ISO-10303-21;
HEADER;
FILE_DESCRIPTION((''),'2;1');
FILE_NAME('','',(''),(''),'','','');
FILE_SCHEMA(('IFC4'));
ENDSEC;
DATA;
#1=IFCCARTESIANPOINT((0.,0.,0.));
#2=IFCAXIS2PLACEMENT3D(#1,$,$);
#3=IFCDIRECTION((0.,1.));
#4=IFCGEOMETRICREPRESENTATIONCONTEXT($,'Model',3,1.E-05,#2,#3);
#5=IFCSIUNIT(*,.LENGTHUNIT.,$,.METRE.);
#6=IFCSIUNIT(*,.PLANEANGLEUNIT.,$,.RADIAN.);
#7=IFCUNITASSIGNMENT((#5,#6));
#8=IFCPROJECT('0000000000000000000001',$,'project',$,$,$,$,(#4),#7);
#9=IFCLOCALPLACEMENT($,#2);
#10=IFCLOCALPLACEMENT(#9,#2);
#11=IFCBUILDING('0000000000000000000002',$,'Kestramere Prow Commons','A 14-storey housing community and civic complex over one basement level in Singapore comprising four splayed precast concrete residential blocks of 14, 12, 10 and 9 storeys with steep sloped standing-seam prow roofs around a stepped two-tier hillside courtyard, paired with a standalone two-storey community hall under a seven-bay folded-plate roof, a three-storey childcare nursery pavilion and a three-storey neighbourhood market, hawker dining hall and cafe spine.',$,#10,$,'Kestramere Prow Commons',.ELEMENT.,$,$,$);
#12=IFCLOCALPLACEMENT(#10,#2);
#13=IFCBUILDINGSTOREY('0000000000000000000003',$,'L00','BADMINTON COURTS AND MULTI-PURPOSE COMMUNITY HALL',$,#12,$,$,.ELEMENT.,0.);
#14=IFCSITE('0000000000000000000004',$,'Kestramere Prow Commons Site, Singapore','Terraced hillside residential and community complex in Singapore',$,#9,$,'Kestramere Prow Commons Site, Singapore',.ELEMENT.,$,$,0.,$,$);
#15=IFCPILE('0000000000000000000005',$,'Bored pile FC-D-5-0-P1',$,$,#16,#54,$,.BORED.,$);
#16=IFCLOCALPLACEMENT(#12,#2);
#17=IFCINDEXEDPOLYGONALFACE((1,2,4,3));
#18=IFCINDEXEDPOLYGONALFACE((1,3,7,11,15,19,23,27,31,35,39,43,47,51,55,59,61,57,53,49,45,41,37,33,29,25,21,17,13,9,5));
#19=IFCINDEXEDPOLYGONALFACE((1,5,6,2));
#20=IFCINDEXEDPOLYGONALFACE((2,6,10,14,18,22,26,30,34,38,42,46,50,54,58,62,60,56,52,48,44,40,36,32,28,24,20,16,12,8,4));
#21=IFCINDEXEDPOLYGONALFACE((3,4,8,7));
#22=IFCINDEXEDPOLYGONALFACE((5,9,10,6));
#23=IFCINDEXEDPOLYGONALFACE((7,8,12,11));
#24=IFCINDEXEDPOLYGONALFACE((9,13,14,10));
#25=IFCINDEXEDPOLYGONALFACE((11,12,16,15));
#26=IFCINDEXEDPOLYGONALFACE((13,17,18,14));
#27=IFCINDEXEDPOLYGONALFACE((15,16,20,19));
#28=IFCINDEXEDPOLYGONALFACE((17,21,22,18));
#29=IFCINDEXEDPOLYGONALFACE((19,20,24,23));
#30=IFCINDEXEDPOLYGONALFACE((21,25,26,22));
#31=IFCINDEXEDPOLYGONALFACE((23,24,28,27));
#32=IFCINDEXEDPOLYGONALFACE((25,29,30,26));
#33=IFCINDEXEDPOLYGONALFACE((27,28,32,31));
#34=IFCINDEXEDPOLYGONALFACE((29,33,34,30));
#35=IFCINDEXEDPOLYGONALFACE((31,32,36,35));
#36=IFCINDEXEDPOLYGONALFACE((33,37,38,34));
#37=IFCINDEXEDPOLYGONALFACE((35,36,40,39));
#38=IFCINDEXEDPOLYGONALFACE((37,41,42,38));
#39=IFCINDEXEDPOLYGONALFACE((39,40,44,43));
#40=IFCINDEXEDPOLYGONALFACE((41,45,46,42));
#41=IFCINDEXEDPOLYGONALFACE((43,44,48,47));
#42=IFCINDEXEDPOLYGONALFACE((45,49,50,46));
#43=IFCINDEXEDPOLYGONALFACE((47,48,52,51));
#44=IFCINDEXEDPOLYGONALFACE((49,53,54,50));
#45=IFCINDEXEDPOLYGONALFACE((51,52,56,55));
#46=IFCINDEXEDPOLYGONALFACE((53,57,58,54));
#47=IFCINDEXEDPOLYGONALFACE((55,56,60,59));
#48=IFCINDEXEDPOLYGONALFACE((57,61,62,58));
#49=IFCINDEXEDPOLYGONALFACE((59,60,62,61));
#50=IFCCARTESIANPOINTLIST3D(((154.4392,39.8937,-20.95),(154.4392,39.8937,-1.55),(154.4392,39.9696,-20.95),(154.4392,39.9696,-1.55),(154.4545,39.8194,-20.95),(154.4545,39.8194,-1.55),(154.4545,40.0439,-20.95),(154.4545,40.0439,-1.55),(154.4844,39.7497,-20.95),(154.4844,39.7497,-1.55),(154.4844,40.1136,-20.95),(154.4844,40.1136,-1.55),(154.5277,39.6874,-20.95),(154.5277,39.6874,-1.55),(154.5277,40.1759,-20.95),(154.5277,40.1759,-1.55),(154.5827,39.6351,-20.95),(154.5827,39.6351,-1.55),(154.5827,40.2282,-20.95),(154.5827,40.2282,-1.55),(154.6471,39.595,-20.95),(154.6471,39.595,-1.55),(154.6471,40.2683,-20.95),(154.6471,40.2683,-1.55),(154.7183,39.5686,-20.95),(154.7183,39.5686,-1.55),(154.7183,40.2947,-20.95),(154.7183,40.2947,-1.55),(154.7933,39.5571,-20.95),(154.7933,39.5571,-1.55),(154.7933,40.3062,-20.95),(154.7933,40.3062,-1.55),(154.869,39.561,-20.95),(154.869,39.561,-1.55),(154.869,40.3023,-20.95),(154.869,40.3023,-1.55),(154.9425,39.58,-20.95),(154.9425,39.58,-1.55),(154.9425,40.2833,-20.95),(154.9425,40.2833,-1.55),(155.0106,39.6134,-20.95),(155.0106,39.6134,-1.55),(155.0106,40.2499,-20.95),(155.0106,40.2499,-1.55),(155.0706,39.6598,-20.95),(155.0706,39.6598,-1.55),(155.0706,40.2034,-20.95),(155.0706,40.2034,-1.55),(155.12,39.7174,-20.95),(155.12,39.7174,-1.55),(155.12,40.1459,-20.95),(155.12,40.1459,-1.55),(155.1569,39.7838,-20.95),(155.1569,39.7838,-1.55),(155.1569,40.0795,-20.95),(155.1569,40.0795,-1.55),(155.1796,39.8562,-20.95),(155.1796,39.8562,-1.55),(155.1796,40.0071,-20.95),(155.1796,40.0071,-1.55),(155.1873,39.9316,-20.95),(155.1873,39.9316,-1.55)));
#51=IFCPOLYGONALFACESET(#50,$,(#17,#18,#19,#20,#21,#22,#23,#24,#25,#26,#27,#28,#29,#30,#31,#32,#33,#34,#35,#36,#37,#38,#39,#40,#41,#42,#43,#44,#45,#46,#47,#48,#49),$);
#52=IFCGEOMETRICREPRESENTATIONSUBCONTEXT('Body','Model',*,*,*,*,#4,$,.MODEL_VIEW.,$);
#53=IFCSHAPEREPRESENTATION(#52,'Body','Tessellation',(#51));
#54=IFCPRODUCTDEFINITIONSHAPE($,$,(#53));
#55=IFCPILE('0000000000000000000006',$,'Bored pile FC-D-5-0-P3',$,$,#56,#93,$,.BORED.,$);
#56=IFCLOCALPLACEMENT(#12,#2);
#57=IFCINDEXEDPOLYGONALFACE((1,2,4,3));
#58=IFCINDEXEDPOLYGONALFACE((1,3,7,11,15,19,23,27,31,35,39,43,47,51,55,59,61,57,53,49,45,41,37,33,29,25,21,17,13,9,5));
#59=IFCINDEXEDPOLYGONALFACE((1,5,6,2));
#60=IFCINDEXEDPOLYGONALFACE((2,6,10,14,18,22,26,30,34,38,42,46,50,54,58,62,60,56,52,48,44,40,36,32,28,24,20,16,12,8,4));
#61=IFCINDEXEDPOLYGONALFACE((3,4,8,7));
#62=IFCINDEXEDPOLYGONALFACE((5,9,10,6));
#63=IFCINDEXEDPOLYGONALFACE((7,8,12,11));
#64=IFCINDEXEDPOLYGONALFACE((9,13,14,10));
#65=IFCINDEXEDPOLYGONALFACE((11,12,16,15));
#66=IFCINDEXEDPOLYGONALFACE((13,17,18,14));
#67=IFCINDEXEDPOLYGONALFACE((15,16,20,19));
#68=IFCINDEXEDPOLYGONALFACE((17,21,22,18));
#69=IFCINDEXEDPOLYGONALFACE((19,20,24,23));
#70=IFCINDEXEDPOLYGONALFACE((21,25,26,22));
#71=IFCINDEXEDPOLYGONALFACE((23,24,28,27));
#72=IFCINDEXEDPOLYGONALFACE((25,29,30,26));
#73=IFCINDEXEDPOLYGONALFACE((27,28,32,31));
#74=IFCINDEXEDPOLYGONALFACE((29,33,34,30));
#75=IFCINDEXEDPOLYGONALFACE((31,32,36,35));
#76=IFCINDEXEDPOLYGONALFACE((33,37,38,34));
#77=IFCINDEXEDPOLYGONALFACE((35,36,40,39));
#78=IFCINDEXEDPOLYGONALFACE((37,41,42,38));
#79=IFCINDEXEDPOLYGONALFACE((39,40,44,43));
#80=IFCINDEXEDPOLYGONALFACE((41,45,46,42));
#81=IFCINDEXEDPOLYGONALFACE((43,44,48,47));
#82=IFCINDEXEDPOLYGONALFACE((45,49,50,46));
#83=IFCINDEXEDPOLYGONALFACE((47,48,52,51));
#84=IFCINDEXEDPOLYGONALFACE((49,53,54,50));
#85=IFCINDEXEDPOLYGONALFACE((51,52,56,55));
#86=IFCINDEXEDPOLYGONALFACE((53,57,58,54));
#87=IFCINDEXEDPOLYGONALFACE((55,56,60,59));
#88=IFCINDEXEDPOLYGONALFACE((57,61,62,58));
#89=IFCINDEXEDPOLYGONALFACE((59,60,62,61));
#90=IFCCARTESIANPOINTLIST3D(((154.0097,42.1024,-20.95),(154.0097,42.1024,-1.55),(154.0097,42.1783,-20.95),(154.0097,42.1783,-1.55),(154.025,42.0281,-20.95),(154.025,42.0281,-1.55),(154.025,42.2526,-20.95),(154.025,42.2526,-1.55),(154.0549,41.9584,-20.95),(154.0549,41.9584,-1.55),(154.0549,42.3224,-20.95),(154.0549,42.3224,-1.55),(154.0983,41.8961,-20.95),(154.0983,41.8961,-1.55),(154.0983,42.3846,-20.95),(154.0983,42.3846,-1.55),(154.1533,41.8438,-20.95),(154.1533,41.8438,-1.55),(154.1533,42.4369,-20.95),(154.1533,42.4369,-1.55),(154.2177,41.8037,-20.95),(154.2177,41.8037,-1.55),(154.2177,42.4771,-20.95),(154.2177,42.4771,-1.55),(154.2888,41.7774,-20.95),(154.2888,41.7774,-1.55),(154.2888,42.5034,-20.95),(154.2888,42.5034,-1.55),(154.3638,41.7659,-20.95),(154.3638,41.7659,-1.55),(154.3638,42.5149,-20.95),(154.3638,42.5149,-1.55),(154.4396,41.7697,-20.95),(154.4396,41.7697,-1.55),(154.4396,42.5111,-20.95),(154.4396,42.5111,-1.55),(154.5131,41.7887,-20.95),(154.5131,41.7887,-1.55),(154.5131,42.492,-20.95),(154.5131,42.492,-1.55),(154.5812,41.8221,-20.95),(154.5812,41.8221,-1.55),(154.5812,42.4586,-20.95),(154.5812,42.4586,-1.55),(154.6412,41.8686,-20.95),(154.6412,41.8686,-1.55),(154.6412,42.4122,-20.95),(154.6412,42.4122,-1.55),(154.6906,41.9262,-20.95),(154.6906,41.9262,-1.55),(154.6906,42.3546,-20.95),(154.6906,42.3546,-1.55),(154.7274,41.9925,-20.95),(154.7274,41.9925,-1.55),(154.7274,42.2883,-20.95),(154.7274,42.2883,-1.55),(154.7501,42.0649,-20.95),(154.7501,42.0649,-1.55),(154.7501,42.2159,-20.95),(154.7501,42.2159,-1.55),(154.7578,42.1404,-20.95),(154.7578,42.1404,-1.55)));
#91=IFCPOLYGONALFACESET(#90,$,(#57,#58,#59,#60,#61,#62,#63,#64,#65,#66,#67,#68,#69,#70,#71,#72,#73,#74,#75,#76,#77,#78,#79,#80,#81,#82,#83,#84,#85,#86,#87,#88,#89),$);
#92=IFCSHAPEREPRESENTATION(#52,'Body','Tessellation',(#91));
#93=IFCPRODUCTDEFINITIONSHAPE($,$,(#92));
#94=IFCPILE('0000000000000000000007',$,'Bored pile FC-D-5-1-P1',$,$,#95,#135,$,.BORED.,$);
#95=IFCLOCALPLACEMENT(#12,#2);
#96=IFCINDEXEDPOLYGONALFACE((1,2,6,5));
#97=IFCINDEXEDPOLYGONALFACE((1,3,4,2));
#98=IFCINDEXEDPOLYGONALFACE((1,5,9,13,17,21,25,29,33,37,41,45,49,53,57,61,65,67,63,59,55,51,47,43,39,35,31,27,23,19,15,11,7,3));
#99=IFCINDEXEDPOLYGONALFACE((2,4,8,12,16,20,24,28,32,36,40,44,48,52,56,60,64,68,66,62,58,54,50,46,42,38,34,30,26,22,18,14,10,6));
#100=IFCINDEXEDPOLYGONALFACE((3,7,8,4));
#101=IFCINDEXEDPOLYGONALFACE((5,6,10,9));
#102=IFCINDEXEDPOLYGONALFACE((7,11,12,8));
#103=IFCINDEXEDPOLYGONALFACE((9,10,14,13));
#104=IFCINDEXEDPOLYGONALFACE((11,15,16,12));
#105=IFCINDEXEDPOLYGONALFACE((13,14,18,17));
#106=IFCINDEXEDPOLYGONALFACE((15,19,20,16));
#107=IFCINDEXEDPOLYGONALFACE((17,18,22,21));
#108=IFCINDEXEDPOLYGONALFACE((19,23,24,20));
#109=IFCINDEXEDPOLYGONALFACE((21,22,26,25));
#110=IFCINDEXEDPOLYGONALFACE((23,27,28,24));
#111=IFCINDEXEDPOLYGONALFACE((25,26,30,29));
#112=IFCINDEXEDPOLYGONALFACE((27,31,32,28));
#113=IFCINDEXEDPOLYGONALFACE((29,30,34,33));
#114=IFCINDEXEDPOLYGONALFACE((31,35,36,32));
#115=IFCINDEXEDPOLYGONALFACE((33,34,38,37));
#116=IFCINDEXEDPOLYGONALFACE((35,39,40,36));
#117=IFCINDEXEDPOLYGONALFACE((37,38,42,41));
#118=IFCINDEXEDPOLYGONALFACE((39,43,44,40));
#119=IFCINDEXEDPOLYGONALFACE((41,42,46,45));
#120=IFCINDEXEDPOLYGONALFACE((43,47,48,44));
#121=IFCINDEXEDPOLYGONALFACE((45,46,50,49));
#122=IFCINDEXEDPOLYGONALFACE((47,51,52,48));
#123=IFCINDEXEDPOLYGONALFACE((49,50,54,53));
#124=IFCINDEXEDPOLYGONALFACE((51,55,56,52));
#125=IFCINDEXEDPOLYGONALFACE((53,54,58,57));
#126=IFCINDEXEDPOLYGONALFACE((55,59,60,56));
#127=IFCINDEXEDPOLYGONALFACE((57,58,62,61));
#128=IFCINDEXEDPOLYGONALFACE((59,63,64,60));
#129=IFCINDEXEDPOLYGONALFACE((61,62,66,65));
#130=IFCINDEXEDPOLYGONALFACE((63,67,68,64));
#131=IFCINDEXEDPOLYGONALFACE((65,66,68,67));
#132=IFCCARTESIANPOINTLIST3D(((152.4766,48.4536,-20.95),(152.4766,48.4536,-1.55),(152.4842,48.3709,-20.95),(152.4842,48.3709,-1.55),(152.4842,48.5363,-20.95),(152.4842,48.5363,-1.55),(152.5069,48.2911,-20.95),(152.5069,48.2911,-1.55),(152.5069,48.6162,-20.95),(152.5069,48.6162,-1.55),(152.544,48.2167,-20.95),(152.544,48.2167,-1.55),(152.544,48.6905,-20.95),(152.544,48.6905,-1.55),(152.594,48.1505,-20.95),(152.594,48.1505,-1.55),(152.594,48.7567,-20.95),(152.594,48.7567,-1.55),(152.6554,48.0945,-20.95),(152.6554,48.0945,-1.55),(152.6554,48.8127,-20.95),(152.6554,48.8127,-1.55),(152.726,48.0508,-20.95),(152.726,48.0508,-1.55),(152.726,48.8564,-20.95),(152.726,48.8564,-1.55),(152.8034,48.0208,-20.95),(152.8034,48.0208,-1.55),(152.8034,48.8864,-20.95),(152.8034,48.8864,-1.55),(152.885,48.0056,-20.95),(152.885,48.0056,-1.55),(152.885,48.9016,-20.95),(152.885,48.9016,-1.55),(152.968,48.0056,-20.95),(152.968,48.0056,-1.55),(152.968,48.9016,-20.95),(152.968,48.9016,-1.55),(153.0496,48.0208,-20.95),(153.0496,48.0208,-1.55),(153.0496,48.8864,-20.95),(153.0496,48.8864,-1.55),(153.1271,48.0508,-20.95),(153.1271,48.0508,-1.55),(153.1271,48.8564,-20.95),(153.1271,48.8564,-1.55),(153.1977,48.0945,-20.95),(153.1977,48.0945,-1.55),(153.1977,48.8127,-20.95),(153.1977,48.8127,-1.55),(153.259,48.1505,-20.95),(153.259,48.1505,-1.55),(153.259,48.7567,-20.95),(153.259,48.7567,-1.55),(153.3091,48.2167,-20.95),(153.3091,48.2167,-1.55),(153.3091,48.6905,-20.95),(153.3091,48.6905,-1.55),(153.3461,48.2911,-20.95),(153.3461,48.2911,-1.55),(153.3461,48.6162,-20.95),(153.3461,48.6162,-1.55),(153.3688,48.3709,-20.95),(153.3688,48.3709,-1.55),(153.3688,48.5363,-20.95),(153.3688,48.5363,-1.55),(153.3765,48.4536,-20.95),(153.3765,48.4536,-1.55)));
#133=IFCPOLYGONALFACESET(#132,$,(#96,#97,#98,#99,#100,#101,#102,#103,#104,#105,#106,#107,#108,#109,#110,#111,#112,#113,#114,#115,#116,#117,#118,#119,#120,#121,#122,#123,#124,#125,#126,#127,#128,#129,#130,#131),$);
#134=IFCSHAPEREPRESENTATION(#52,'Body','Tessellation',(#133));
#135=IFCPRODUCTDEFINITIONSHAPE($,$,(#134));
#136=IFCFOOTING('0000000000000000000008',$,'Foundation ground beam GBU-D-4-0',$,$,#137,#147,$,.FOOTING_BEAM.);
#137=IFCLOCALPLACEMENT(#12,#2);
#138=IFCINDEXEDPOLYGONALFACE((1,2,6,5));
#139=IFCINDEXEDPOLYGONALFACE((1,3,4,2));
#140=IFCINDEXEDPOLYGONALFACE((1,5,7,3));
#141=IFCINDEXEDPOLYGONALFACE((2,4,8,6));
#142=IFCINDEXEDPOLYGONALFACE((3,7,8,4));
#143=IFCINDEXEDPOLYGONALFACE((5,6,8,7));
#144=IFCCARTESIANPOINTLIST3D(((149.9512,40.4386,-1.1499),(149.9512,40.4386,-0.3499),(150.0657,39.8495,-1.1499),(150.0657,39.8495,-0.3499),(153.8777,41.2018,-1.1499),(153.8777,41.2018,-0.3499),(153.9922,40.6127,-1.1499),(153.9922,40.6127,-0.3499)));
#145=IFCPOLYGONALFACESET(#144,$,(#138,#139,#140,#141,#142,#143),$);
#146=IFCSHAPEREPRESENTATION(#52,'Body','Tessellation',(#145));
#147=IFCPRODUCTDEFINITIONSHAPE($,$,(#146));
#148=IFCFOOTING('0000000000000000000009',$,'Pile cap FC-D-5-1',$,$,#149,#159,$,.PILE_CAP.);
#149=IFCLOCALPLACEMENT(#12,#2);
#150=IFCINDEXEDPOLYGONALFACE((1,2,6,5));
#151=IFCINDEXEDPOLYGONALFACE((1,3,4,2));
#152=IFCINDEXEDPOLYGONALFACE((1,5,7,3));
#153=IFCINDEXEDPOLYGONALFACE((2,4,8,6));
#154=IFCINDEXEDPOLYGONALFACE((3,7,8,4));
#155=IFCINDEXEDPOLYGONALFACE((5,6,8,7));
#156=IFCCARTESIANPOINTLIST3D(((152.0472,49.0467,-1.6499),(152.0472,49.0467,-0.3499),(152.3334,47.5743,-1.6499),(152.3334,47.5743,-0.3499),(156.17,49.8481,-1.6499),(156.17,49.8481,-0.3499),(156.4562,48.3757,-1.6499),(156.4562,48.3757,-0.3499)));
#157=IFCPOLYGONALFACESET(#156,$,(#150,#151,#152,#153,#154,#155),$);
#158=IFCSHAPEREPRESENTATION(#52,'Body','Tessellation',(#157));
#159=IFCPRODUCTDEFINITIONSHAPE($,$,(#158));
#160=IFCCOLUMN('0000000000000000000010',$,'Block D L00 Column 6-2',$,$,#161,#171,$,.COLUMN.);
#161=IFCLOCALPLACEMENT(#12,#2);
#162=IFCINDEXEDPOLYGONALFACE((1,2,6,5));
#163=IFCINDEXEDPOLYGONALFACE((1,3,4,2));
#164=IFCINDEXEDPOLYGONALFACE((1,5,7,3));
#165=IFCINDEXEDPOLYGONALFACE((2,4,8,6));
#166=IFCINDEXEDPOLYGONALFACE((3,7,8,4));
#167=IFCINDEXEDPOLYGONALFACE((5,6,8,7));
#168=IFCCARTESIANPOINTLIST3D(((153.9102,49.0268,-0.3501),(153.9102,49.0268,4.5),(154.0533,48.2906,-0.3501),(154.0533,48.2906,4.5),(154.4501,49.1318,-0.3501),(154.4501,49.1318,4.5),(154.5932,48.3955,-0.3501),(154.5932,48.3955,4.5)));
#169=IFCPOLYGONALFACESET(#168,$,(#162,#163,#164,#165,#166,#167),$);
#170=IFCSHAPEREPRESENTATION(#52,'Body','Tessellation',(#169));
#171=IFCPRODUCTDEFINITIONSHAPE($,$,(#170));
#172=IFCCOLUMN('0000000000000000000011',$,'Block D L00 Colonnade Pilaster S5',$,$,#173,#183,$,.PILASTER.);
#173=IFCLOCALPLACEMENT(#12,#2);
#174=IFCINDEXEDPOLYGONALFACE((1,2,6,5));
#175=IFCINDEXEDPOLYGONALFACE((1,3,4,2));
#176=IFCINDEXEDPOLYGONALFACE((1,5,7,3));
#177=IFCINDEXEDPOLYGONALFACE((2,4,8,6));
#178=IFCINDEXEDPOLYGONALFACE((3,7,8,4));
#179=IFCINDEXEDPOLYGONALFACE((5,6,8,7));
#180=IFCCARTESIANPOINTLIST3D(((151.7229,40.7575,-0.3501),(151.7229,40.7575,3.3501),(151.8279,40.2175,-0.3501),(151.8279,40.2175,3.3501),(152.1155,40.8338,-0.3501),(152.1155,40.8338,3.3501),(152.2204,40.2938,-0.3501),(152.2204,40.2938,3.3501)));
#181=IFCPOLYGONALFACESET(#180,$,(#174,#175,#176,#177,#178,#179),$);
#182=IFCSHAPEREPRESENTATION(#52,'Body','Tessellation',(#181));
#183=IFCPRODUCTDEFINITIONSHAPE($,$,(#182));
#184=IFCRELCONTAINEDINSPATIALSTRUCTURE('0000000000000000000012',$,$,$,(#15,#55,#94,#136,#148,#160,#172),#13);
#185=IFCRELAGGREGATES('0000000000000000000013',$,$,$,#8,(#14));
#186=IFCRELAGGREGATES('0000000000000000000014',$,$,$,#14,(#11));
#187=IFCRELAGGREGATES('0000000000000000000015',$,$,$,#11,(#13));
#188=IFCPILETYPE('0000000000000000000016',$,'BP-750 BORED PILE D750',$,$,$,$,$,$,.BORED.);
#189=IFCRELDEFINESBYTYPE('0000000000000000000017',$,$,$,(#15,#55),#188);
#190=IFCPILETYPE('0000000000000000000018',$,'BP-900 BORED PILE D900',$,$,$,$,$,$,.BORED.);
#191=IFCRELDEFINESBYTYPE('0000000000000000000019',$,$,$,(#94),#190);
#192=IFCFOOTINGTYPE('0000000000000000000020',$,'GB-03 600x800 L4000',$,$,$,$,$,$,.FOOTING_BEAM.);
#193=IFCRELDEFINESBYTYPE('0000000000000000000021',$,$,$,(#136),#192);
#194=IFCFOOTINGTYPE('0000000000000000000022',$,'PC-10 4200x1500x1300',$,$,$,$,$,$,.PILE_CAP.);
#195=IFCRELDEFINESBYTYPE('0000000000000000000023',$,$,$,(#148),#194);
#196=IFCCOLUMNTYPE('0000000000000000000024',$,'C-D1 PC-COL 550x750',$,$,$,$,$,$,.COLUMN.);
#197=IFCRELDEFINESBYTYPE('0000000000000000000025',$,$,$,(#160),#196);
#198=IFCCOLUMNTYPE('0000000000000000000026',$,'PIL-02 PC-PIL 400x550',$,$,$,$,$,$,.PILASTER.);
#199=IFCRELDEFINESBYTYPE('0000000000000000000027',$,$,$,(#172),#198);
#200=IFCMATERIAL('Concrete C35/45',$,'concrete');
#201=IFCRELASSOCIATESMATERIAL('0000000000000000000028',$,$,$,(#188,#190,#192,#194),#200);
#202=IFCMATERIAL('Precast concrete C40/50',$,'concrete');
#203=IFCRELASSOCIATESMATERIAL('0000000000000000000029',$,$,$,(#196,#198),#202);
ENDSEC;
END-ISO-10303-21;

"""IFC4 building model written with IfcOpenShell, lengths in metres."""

from ifc_helpers import new_model, si_unit, direction, frame, origin, origin_2d, place, context, subcontext, project, spatial, rectangle, circle, extrude, material, material_profile, profile_set, type_object, element, save


model = new_model("IFC4")

# Units and contexts
model_context = context("Model", 3, precision=1e-05, world=origin(), true_north=direction((0.0, 1.0)))
body_context = subcontext(model_context, "Body", "Model", "MODEL_VIEW")
ifc_project = project(units=[si_unit("LENGTHUNIT", "METRE"), si_unit("PLANEANGLEUNIT", "RADIAN")], contexts=[model_context])

# Site, building, storey
site_placement = place(None, origin())
site = spatial("IfcSite", under=ifc_project, at=site_placement, Name="Kestramere Prow Commons Site, Singapore", Description="Terraced hillside residential and community complex in Singapore", LongName="Kestramere Prow Commons Site, Singapore", CompositionType="ELEMENT", RefElevation=0.0)
building_placement = place(site_placement, origin())
building = spatial("IfcBuilding", under=site, at=building_placement, Name="Kestramere Prow Commons", Description="A 14-storey housing community and civic complex over one basement level in Singapore comprising four splayed precast concrete residential blocks of 14, 12, 10 and 9 storeys with steep sloped standing-seam prow roofs around a stepped two-tier hillside courtyard, paired with a standalone two-storey community hall under a seven-bay folded-plate roof, a three-storey childcare nursery pavilion and a three-storey neighbourhood market, hawker dining hall and cafe spine.", LongName="Kestramere Prow Commons", CompositionType="ELEMENT")
storey_placement = place(building_placement, origin())
storey = spatial("IfcBuildingStorey", under=building, at=storey_placement, Name="L00", Description="BADMINTON COURTS AND MULTI-PURPOSE COMMUNITY HALL", CompositionType="ELEMENT", Elevation=0.0)

# Piles
ifc_material_1 = material(Name="Concrete C35/45", Category="concrete")
ifc_material_profile_1 = material_profile(ifc_material_1, circle(Radius=0.375, at=origin_2d()), Name="BORED PILE D750")
ifc_profile_set_1 = profile_set([ifc_material_profile_1], Name="Concrete C35/45")
pile_type_1 = type_object("IfcPileType", Name="BP-750 BORED PILE D750", PredefinedType="BORED", material=ifc_profile_set_1)
for number, where, z_axis, x_axis, name in (
    (1, (154.8123, 39.9316, -1.55), (0.0, 0.0, -1.0), (1.0, 0.0, 0.0), "Bored pile FC-D-5-0-P1"),
    (2, (154.3828, 42.1404, -1.55), (0.0, 0.0, -1.0), (1.0, 0.0, 0.0), "Bored pile FC-D-5-0-P3"),
):
    element("IfcPile", number, at=place(storey_placement, frame(where, z_axis=z_axis, x_axis=x_axis)), inside=storey, type_object=pile_type_1, Name=name, PredefinedType="BORED", context=body_context, shape_type="SweptSolid", body=[
        extrude(circle(Radius=0.375, at=origin_2d()), origin(), (0.0, 0.0, 1.0), 19.3999),
    ])
ifc_material_profile_2 = material_profile(ifc_material_1, circle(Radius=0.45, at=origin_2d()), Name="BORED PILE D900")
ifc_profile_set_2 = profile_set([ifc_material_profile_2], Name="Concrete C35/45")
pile_type_2 = type_object("IfcPileType", Name="BP-900 BORED PILE D900", PredefinedType="BORED", material=ifc_profile_set_2)
pile_placement = place(storey_placement, frame((152.9265, 48.4536, -1.55), z_axis=(0.0, 0.0, -1.0), x_axis=(1.0, 0.0, 0.0)))
element("IfcPile", 3, at=pile_placement, inside=storey, type_object=pile_type_2, Name="Bored pile FC-D-5-1-P1", PredefinedType="BORED", context=body_context, shape_type="SweptSolid", body=[
    extrude(circle(Radius=0.45, at=origin_2d()), origin(), (0.0, 0.0, 1.0), 19.3999),
])

# Footings
footing_type_1 = type_object("IfcFootingType", Name="GB-03 600x800 L4000", PredefinedType="FOOTING_BEAM", material=ifc_material_1)
footing_1_placement = place(storey_placement, frame((151.9717, 40.5256, -1.1499), z_axis=(0.0, 0.0, 1.0), x_axis=(0.981627, 0.190809, 0.0)))
element("IfcFooting", 4, at=footing_1_placement, inside=storey, type_object=footing_type_1, Name="Foundation ground beam GBU-D-4-0", PredefinedType="FOOTING_BEAM", context=body_context, shape_type="SweptSolid", body=[
    extrude(rectangle(XDim=4.0, YDim=0.6001, at=origin_2d()), origin(), (0.0, 0.0, 1.0), 0.8),
])
footing_type_2 = type_object("IfcFootingType", Name="PC-10 4200x1500x1300", PredefinedType="PILE_CAP", material=ifc_material_1)
footing_2_placement = place(storey_placement, frame((154.2517, 48.7112, -1.6499), z_axis=(0.0, 0.0, 1.0), x_axis=(0.981627, 0.190809, 0.0)))
element("IfcFooting", 5, at=footing_2_placement, inside=storey, type_object=footing_type_2, Name="Pile cap FC-D-5-1", PredefinedType="PILE_CAP", context=body_context, shape_type="SweptSolid", body=[
    extrude(rectangle(XDim=4.2, YDim=1.5, at=origin_2d()), origin(), (0.0, 0.0, 1.0), 1.3),
])

# Columns
ifc_material_2 = material(Name="Precast concrete C40/50", Category="concrete")
ifc_material_profile_3 = material_profile(ifc_material_2, rectangle(XDim=0.55, YDim=0.75, at=origin_2d()), Name="PC-COL 550x750")
ifc_profile_set_3 = profile_set([ifc_material_profile_3], Name="Precast concrete C40/50")
column_type_1 = type_object("IfcColumnType", Name="C-D1 PC-COL 550x750", PredefinedType="COLUMN", material=ifc_profile_set_3)
column_1_placement = place(storey_placement, frame((154.2517, 48.7112, -0.3501), z_axis=(0.0, 0.0, 1.0), x_axis=(0.981627, 0.190809, 0.0)))
element("IfcColumn", 6, at=column_1_placement, inside=storey, type_object=column_type_1, Name="Block D L00 Column 6-2", PredefinedType="COLUMN", context=body_context, shape_type="SweptSolid", body=[
    extrude(rectangle(XDim=0.55, YDim=0.75, at=origin_2d()), origin(), (0.0, 0.0, 1.0), 4.8501),
])
ifc_material_profile_4 = material_profile(ifc_material_2, rectangle(XDim=0.3999, YDim=0.55, at=origin_2d()), Name="PC-PIL 400x550")
ifc_profile_set_4 = profile_set([ifc_material_profile_4], Name="Precast concrete C40/50")
column_type_2 = type_object("IfcColumnType", Name="PIL-02 PC-PIL 400x550", PredefinedType="PILASTER", material=ifc_profile_set_4)
column_2_placement = place(storey_placement, frame((151.9717, 40.5256, -0.3501), z_axis=(0.0, 0.0, 1.0), x_axis=(0.981627, 0.190809, 0.0)))
element("IfcColumn", 7, at=column_2_placement, inside=storey, type_object=column_type_2, Name="Block D L00 Colonnade Pilaster S5", PredefinedType="PILASTER", context=body_context, shape_type="SweptSolid", body=[
    extrude(rectangle(XDim=0.3999, YDim=0.55, at=origin_2d()), origin(), (0.0, 0.0, 1.0), 3.7002),
])

save(model, "model.ifc")
